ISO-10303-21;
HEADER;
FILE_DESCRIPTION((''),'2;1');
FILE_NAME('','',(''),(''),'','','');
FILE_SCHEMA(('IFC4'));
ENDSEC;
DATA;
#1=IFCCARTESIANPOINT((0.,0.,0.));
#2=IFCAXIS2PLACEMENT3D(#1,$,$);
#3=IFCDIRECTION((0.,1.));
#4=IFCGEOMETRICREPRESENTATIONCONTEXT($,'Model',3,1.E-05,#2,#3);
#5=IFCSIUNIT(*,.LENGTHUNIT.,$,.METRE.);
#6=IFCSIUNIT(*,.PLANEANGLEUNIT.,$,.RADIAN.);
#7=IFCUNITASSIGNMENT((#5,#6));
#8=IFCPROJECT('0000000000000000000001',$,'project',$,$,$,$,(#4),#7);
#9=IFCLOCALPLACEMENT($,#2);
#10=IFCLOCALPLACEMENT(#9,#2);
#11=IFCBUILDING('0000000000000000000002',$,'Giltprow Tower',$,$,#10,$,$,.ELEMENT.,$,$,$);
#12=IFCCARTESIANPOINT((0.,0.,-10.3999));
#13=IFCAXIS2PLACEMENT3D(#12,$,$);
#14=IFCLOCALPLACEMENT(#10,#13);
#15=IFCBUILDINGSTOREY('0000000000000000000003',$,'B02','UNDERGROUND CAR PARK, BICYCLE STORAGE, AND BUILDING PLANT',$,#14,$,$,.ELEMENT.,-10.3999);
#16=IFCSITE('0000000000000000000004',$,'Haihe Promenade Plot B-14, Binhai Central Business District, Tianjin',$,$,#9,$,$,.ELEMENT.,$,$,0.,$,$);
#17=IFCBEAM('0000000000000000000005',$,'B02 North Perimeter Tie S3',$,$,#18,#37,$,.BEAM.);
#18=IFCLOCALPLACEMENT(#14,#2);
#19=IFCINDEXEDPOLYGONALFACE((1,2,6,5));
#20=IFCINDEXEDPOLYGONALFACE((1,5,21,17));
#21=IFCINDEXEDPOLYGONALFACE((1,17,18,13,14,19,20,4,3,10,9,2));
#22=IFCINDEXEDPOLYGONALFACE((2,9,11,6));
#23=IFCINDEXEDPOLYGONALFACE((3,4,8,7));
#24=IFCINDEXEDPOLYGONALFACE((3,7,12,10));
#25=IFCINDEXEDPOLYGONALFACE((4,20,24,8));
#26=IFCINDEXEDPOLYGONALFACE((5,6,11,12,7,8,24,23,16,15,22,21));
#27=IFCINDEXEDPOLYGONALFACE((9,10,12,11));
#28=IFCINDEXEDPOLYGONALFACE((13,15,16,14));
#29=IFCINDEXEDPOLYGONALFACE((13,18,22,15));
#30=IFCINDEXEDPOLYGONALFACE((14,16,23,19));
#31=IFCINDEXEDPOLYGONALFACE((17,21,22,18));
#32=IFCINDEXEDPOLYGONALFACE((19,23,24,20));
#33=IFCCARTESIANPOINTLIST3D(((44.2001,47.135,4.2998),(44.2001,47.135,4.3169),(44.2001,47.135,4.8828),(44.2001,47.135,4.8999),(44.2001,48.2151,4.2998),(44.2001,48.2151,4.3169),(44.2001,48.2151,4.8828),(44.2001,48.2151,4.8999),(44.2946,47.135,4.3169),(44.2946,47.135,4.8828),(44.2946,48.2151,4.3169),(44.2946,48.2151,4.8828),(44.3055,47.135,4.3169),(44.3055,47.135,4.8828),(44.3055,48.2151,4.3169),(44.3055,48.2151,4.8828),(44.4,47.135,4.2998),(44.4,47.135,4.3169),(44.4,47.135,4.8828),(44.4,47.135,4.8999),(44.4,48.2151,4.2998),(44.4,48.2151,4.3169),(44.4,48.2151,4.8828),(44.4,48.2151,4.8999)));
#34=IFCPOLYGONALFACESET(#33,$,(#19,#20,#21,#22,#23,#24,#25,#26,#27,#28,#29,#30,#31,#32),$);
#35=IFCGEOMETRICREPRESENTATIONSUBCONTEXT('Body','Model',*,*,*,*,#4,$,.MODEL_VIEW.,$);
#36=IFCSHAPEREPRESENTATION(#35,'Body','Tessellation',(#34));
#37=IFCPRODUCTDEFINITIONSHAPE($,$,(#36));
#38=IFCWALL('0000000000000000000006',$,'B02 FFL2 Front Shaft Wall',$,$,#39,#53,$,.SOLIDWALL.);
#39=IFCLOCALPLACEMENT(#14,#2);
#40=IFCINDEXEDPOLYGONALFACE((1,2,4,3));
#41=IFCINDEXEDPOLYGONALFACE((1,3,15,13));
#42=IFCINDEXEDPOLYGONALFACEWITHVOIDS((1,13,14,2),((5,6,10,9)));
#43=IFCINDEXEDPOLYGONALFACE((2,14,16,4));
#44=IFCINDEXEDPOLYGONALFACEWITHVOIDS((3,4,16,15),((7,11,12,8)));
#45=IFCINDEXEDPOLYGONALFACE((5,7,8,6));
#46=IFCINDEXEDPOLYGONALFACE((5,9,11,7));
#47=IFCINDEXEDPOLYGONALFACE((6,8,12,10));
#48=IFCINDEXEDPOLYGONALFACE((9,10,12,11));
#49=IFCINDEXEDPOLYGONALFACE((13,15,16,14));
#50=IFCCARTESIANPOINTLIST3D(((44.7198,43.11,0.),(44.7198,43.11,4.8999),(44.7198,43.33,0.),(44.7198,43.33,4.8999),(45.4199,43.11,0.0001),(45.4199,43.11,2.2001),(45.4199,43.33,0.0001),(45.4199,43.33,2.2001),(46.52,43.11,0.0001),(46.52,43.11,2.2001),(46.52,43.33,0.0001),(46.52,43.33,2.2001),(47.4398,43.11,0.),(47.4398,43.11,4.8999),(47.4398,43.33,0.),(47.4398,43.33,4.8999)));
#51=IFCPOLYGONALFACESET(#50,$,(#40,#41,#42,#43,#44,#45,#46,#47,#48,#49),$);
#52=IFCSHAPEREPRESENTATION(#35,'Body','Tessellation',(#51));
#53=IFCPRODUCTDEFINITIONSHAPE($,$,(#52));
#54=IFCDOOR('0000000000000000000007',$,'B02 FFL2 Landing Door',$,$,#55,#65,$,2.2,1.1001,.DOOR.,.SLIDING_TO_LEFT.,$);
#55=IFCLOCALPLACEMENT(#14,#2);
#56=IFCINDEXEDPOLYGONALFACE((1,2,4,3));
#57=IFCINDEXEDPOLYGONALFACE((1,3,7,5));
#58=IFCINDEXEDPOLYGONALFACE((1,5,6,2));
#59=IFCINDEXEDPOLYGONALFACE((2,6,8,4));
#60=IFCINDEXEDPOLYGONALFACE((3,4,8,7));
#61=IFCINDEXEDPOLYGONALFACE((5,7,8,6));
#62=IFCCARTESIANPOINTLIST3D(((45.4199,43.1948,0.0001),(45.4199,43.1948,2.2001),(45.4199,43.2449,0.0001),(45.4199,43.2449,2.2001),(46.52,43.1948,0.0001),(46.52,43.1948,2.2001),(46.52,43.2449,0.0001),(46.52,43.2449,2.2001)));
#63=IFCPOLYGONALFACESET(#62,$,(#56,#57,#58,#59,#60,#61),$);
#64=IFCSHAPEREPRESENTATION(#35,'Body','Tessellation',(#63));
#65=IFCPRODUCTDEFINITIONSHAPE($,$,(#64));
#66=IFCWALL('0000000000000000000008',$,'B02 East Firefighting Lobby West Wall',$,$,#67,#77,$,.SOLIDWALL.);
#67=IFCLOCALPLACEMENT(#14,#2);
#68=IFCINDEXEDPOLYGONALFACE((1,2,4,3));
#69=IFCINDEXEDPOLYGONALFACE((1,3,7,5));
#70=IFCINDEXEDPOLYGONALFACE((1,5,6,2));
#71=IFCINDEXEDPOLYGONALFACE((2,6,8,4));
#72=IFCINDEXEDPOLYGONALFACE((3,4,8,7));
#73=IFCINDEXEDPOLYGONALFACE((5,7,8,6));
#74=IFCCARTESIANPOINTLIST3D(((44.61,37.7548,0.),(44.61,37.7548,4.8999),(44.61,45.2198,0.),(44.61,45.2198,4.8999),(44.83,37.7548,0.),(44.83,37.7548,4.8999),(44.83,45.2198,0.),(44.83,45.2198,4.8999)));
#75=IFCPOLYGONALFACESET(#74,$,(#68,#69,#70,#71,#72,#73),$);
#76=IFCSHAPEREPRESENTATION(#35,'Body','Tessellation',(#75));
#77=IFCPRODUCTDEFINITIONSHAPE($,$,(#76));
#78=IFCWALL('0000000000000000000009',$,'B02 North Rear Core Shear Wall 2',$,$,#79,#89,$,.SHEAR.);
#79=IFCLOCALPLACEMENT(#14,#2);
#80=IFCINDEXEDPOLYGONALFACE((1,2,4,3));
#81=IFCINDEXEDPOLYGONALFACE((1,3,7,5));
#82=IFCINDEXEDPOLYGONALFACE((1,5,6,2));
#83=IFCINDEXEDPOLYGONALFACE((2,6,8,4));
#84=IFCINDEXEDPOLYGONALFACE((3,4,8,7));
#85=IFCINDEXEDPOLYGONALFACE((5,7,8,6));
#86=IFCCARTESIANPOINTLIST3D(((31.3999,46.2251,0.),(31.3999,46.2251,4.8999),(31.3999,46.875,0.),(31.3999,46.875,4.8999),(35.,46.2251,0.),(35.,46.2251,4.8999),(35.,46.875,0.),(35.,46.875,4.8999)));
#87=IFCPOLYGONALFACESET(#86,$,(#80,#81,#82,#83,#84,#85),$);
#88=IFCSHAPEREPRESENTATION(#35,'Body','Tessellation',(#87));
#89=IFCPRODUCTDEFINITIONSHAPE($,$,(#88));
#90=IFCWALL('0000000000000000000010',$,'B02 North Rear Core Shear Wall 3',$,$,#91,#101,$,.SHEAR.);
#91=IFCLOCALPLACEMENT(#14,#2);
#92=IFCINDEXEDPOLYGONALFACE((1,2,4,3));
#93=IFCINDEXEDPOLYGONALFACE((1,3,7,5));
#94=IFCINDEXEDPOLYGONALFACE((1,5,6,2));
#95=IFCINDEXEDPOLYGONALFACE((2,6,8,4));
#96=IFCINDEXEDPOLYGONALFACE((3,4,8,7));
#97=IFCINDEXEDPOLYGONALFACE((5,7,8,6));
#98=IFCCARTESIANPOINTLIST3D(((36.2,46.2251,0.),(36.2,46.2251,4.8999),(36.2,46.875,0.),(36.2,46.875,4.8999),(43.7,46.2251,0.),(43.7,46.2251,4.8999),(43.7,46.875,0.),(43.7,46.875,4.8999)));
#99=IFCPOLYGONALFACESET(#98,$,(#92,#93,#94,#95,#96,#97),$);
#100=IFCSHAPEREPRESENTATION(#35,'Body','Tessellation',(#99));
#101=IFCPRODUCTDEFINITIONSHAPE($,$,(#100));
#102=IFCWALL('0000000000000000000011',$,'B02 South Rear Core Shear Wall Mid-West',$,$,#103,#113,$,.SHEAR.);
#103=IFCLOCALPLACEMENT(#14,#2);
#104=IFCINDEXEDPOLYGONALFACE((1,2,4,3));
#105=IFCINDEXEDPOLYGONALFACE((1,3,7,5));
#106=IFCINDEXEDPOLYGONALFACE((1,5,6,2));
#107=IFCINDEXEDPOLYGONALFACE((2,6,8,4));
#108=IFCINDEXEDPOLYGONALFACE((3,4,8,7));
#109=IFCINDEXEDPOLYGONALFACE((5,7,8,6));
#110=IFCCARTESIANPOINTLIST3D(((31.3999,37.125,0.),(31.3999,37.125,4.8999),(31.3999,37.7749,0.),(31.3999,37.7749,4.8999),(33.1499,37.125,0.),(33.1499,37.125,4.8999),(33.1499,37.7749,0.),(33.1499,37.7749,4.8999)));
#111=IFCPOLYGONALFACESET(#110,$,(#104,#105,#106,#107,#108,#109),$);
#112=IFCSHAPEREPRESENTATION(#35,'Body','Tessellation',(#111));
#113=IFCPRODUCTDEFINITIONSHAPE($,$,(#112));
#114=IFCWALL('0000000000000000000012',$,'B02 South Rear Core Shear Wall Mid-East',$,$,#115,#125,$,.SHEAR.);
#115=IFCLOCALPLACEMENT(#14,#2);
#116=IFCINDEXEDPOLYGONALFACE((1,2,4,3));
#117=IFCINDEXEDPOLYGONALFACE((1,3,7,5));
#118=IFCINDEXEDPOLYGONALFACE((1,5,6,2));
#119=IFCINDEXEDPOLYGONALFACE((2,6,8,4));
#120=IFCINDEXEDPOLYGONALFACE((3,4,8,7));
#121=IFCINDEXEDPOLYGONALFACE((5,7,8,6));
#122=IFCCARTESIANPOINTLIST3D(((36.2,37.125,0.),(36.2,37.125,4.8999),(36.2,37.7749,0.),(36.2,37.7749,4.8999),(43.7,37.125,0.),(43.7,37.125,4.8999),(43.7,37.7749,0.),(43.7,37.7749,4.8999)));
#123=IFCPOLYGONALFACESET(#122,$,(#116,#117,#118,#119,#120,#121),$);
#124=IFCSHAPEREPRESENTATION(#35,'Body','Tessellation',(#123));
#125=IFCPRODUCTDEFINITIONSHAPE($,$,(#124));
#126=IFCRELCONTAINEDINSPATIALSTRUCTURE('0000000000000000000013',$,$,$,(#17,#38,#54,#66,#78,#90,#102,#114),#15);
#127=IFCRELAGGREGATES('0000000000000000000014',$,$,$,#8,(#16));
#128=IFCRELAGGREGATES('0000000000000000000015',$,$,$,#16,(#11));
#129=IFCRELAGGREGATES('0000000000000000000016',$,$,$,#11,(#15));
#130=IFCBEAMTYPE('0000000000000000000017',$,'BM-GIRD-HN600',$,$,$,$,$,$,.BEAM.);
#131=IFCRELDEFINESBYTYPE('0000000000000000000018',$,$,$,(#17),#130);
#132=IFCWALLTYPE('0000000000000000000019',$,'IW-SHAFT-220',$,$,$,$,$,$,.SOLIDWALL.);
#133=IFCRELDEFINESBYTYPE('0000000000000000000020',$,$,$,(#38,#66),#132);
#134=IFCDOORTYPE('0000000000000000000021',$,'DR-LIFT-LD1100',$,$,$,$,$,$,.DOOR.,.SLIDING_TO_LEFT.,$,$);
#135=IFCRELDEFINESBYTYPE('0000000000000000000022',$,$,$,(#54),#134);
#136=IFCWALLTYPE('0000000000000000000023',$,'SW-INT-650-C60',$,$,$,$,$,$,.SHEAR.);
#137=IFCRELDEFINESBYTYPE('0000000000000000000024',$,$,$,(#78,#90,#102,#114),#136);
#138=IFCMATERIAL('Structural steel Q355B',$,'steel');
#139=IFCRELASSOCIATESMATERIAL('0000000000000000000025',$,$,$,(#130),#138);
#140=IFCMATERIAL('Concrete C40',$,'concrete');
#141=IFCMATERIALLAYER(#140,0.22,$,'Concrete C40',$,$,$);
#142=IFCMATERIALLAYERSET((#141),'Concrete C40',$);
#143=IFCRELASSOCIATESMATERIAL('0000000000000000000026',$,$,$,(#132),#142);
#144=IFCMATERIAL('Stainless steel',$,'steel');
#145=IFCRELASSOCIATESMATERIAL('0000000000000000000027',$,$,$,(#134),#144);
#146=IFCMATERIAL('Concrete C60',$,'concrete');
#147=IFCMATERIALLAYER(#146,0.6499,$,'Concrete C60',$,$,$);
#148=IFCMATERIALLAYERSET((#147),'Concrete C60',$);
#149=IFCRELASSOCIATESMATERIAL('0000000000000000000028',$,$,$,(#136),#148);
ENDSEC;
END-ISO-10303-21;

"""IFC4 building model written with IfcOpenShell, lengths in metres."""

from ifc_helpers import new_model, si_unit, direction, frame, frame_2d, origin, origin_2d, place, context, subcontext, project, spatial, rectangle, i_section, extrude, source, transform, mapped, material, layer, layer_set, material_profile, profile_set, type_object, element, fill, save


model = new_model("IFC4")

# Units and contexts
model_context = context("Model", 3, precision=1e-05, world=origin(), true_north=direction((0.0, 1.0)))
body_context = subcontext(model_context, "Body", "Model", "MODEL_VIEW")
ifc_project = project(units=[si_unit("LENGTHUNIT", "METRE"), si_unit("PLANEANGLEUNIT", "RADIAN")], contexts=[model_context])

# Site, building, storey
site_placement = place(None, origin())
site = spatial("IfcSite", under=ifc_project, at=site_placement, Name="Haihe Promenade Plot B-14, Binhai Central Business District, Tianjin", CompositionType="ELEMENT", RefElevation=0.0)
building_placement = place(site_placement, origin())
building = spatial("IfcBuilding", under=site, at=building_placement, Name="Giltprow Tower", CompositionType="ELEMENT")
storey_placement = place(building_placement, frame((0.0, 0.0, -10.3999)))
storey = spatial("IfcBuildingStorey", under=building, at=storey_placement, Name="B02", Description="UNDERGROUND CAR PARK, BICYCLE STORAGE, AND BUILDING PLANT", CompositionType="ELEMENT", Elevation=-10.3999)

# Shared definitions
ifc_material_1 = material(Name="Concrete C60", Category="concrete")

# Beam
ifc_material_2 = material(Name="Structural steel Q355B", Category="steel")
ifc_material_profile_1 = material_profile(ifc_material_2, i_section(OverallWidth=0.2, OverallDepth=0.6001, WebThickness=0.011, FlangeThickness=0.0171, at=origin_2d()), Name="HN 600x200x11x17")
ifc_profile_set_1 = profile_set([ifc_material_profile_1], Name="Structural steel Q355B")
beam_type_1 = type_object("IfcBeamType", Name="BM-GIRD-HN600", PredefinedType="BEAM", material=ifc_profile_set_1)
shared_shape_1 = source(origin(), body_context, "Body", "SweptSolid", [
    extrude(i_section(OverallWidth=0.2, OverallDepth=0.6001, WebThickness=0.011, FlangeThickness=0.0171, at=origin_2d()), origin(), (0.0, 0.0, 1.0), 1.0801),
])
beam_1_placement = place(storey_placement, frame((44.3, 47.135, 4.5999), z_axis=(0.0, 1.0, 0.0), x_axis=(-1.0, 0.0, 0.0)))
element("IfcBeam", 1, at=beam_1_placement, inside=storey, type_object=beam_type_1, Name="B02 North Perimeter Tie S3", PredefinedType="BEAM", context=body_context, shape_type="MappedRepresentation", body=[
    mapped(shared_shape_1, transform((0.0, 0.0, 0.0), x_axis=(1.0, 0.0, 0.0), y_axis=(0.0, 1.0, 0.0), z_axis=(0.0, 0.0, 1.0), scale=1.0)),
])

# Wall, opening, door
ifc_material_3 = material(Name="Concrete C40", Category="concrete")
ifc_layer_1 = layer(ifc_material_3, 0.22, Name="Concrete C40")
ifc_layer_set_1 = layer_set([ifc_layer_1], Name="Concrete C40")
wall_type_1 = type_object("IfcWallType", Name="IW-SHAFT-220", PredefinedType="SOLIDWALL", material=ifc_layer_set_1)
wall_1_placement = place(storey_placement, frame((44.72, 43.22, 0.0), z_axis=(0.0, 0.0, 1.0), x_axis=(1.0, 0.0, 0.0)))
wall_1 = element("IfcWall", 2, at=wall_1_placement, inside=storey, type_object=wall_type_1, Name="B02 FFL2 Front Shaft Wall", PredefinedType="SOLIDWALL", context=body_context, shape_type="SweptSolid", body=[
    extrude(rectangle(XDim=2.72, YDim=0.22, at=frame_2d((1.3599, 0.0))), origin(), (0.0, 0.0, 1.0), 4.8999),
])
opening_placement = place(wall_1_placement, frame((0.7, 0.0, 0.0)))
opening = element("IfcOpeningElement", 3, at=opening_placement, cuts=wall_1, PredefinedType="OPENING", context=body_context, shape_type="SweptSolid", body=[
    extrude(rectangle(XDim=1.1001, YDim=2.2, at=frame_2d((0.55, 1.1001))), frame((0.0, 0.1199, 0.0), z_axis=(0.0, -1.0, 0.0), x_axis=(1.0, 0.0, 0.0)), (0.0, 0.0, 1.0), 0.24),
])
ifc_material_4 = material(Name="Stainless steel", Category="steel")
door_type = type_object("IfcDoorType", Name="DR-LIFT-LD1100", OperationType="SLIDING_TO_LEFT", PredefinedType="DOOR", material=ifc_material_4)
shared_shape_2 = source(origin(), body_context, "Body", "SweptSolid", [
    extrude(rectangle(XDim=1.1001, YDim=2.2, at=frame_2d((0.55, 1.1001))), frame((0.0, 0.0249, 0.0), z_axis=(0.0, -1.0, 0.0), x_axis=(1.0, 0.0, 0.0)), (0.0, 0.0, 1.0), 0.05),
])
door_placement = place(opening_placement, origin())
door = element("IfcDoor", 4, at=door_placement, inside=storey, type_object=door_type, Name="B02 FFL2 Landing Door", OperationType="SLIDING_TO_LEFT", OverallHeight=2.2, OverallWidth=1.1001, PredefinedType="DOOR", context=body_context, shape_type="MappedRepresentation", body=[
    mapped(shared_shape_2, transform((0.0, 0.0, 0.0), x_axis=(1.0, 0.0, 0.0), y_axis=(0.0, 1.0, 0.0), z_axis=(0.0, 0.0, 1.0), scale=1.0)),
])
fill(opening, door)

# Walls
wall_2_placement = place(storey_placement, frame((44.72, 37.7549, 0.0), z_axis=(0.0, 0.0, 1.0), x_axis=(0.0, 1.0, 0.0)))
element("IfcWall", 5, at=wall_2_placement, inside=storey, type_object=wall_type_1, Name="B02 East Firefighting Lobby West Wall", PredefinedType="SOLIDWALL", context=body_context, shape_type="SweptSolid", body=[
    extrude(rectangle(XDim=7.4651, YDim=0.22, at=frame_2d((3.7324, 0.0))), origin(), (0.0, 0.0, 1.0), 4.8999),
])
ifc_layer_2 = layer(ifc_material_1, 0.6499, Name="Concrete C60")
ifc_layer_set_2 = layer_set([ifc_layer_2], Name="Concrete C60")
wall_type_2 = type_object("IfcWallType", Name="SW-INT-650-C60", PredefinedType="SHEAR", material=ifc_layer_set_2)
wall_3_placement = place(storey_placement, frame((31.3999, 46.55, 0.0), z_axis=(0.0, 0.0, 1.0), x_axis=(1.0, 0.0, 0.0)))
element("IfcWall", 6, at=wall_3_placement, inside=storey, type_object=wall_type_2, Name="B02 North Rear Core Shear Wall 2", PredefinedType="SHEAR", context=body_context, shape_type="SweptSolid", body=[
    extrude(rectangle(XDim=3.6001, YDim=0.6499, at=frame_2d((1.8, 0.0))), origin(), (0.0, 0.0, 1.0), 4.8999),
])
wall_4_placement = place(storey_placement, frame((36.2, 46.55, 0.0), z_axis=(0.0, 0.0, 1.0), x_axis=(1.0, 0.0, 0.0)))
element("IfcWall", 7, at=wall_4_placement, inside=storey, type_object=wall_type_2, Name="B02 North Rear Core Shear Wall 3", PredefinedType="SHEAR", context=body_context, shape_type="SweptSolid", body=[
    extrude(rectangle(XDim=7.5, YDim=0.6499, at=frame_2d((3.75, 0.0))), origin(), (0.0, 0.0, 1.0), 4.8999),
])
wall_5_placement = place(storey_placement, frame((31.3999, 37.45, 0.0), z_axis=(0.0, 0.0, 1.0), x_axis=(1.0, 0.0, 0.0)))
element("IfcWall", 8, at=wall_5_placement, inside=storey, type_object=wall_type_2, Name="B02 South Rear Core Shear Wall Mid-West", PredefinedType="SHEAR", context=body_context, shape_type="SweptSolid", body=[
    extrude(rectangle(XDim=1.75, YDim=0.6499, at=frame_2d((0.875, 0.0))), origin(), (0.0, 0.0, 1.0), 4.8999),
])
wall_6_placement = place(storey_placement, frame((36.2, 37.45, 0.0), z_axis=(0.0, 0.0, 1.0), x_axis=(1.0, 0.0, 0.0)))
element("IfcWall", 9, at=wall_6_placement, inside=storey, type_object=wall_type_2, Name="B02 South Rear Core Shear Wall Mid-East", PredefinedType="SHEAR", context=body_context, shape_type="SweptSolid", body=[
    extrude(rectangle(XDim=7.5, YDim=0.6499, at=frame_2d((3.75, 0.0))), origin(), (0.0, 0.0, 1.0), 4.8999),
])

save(model, "model.ifc")
